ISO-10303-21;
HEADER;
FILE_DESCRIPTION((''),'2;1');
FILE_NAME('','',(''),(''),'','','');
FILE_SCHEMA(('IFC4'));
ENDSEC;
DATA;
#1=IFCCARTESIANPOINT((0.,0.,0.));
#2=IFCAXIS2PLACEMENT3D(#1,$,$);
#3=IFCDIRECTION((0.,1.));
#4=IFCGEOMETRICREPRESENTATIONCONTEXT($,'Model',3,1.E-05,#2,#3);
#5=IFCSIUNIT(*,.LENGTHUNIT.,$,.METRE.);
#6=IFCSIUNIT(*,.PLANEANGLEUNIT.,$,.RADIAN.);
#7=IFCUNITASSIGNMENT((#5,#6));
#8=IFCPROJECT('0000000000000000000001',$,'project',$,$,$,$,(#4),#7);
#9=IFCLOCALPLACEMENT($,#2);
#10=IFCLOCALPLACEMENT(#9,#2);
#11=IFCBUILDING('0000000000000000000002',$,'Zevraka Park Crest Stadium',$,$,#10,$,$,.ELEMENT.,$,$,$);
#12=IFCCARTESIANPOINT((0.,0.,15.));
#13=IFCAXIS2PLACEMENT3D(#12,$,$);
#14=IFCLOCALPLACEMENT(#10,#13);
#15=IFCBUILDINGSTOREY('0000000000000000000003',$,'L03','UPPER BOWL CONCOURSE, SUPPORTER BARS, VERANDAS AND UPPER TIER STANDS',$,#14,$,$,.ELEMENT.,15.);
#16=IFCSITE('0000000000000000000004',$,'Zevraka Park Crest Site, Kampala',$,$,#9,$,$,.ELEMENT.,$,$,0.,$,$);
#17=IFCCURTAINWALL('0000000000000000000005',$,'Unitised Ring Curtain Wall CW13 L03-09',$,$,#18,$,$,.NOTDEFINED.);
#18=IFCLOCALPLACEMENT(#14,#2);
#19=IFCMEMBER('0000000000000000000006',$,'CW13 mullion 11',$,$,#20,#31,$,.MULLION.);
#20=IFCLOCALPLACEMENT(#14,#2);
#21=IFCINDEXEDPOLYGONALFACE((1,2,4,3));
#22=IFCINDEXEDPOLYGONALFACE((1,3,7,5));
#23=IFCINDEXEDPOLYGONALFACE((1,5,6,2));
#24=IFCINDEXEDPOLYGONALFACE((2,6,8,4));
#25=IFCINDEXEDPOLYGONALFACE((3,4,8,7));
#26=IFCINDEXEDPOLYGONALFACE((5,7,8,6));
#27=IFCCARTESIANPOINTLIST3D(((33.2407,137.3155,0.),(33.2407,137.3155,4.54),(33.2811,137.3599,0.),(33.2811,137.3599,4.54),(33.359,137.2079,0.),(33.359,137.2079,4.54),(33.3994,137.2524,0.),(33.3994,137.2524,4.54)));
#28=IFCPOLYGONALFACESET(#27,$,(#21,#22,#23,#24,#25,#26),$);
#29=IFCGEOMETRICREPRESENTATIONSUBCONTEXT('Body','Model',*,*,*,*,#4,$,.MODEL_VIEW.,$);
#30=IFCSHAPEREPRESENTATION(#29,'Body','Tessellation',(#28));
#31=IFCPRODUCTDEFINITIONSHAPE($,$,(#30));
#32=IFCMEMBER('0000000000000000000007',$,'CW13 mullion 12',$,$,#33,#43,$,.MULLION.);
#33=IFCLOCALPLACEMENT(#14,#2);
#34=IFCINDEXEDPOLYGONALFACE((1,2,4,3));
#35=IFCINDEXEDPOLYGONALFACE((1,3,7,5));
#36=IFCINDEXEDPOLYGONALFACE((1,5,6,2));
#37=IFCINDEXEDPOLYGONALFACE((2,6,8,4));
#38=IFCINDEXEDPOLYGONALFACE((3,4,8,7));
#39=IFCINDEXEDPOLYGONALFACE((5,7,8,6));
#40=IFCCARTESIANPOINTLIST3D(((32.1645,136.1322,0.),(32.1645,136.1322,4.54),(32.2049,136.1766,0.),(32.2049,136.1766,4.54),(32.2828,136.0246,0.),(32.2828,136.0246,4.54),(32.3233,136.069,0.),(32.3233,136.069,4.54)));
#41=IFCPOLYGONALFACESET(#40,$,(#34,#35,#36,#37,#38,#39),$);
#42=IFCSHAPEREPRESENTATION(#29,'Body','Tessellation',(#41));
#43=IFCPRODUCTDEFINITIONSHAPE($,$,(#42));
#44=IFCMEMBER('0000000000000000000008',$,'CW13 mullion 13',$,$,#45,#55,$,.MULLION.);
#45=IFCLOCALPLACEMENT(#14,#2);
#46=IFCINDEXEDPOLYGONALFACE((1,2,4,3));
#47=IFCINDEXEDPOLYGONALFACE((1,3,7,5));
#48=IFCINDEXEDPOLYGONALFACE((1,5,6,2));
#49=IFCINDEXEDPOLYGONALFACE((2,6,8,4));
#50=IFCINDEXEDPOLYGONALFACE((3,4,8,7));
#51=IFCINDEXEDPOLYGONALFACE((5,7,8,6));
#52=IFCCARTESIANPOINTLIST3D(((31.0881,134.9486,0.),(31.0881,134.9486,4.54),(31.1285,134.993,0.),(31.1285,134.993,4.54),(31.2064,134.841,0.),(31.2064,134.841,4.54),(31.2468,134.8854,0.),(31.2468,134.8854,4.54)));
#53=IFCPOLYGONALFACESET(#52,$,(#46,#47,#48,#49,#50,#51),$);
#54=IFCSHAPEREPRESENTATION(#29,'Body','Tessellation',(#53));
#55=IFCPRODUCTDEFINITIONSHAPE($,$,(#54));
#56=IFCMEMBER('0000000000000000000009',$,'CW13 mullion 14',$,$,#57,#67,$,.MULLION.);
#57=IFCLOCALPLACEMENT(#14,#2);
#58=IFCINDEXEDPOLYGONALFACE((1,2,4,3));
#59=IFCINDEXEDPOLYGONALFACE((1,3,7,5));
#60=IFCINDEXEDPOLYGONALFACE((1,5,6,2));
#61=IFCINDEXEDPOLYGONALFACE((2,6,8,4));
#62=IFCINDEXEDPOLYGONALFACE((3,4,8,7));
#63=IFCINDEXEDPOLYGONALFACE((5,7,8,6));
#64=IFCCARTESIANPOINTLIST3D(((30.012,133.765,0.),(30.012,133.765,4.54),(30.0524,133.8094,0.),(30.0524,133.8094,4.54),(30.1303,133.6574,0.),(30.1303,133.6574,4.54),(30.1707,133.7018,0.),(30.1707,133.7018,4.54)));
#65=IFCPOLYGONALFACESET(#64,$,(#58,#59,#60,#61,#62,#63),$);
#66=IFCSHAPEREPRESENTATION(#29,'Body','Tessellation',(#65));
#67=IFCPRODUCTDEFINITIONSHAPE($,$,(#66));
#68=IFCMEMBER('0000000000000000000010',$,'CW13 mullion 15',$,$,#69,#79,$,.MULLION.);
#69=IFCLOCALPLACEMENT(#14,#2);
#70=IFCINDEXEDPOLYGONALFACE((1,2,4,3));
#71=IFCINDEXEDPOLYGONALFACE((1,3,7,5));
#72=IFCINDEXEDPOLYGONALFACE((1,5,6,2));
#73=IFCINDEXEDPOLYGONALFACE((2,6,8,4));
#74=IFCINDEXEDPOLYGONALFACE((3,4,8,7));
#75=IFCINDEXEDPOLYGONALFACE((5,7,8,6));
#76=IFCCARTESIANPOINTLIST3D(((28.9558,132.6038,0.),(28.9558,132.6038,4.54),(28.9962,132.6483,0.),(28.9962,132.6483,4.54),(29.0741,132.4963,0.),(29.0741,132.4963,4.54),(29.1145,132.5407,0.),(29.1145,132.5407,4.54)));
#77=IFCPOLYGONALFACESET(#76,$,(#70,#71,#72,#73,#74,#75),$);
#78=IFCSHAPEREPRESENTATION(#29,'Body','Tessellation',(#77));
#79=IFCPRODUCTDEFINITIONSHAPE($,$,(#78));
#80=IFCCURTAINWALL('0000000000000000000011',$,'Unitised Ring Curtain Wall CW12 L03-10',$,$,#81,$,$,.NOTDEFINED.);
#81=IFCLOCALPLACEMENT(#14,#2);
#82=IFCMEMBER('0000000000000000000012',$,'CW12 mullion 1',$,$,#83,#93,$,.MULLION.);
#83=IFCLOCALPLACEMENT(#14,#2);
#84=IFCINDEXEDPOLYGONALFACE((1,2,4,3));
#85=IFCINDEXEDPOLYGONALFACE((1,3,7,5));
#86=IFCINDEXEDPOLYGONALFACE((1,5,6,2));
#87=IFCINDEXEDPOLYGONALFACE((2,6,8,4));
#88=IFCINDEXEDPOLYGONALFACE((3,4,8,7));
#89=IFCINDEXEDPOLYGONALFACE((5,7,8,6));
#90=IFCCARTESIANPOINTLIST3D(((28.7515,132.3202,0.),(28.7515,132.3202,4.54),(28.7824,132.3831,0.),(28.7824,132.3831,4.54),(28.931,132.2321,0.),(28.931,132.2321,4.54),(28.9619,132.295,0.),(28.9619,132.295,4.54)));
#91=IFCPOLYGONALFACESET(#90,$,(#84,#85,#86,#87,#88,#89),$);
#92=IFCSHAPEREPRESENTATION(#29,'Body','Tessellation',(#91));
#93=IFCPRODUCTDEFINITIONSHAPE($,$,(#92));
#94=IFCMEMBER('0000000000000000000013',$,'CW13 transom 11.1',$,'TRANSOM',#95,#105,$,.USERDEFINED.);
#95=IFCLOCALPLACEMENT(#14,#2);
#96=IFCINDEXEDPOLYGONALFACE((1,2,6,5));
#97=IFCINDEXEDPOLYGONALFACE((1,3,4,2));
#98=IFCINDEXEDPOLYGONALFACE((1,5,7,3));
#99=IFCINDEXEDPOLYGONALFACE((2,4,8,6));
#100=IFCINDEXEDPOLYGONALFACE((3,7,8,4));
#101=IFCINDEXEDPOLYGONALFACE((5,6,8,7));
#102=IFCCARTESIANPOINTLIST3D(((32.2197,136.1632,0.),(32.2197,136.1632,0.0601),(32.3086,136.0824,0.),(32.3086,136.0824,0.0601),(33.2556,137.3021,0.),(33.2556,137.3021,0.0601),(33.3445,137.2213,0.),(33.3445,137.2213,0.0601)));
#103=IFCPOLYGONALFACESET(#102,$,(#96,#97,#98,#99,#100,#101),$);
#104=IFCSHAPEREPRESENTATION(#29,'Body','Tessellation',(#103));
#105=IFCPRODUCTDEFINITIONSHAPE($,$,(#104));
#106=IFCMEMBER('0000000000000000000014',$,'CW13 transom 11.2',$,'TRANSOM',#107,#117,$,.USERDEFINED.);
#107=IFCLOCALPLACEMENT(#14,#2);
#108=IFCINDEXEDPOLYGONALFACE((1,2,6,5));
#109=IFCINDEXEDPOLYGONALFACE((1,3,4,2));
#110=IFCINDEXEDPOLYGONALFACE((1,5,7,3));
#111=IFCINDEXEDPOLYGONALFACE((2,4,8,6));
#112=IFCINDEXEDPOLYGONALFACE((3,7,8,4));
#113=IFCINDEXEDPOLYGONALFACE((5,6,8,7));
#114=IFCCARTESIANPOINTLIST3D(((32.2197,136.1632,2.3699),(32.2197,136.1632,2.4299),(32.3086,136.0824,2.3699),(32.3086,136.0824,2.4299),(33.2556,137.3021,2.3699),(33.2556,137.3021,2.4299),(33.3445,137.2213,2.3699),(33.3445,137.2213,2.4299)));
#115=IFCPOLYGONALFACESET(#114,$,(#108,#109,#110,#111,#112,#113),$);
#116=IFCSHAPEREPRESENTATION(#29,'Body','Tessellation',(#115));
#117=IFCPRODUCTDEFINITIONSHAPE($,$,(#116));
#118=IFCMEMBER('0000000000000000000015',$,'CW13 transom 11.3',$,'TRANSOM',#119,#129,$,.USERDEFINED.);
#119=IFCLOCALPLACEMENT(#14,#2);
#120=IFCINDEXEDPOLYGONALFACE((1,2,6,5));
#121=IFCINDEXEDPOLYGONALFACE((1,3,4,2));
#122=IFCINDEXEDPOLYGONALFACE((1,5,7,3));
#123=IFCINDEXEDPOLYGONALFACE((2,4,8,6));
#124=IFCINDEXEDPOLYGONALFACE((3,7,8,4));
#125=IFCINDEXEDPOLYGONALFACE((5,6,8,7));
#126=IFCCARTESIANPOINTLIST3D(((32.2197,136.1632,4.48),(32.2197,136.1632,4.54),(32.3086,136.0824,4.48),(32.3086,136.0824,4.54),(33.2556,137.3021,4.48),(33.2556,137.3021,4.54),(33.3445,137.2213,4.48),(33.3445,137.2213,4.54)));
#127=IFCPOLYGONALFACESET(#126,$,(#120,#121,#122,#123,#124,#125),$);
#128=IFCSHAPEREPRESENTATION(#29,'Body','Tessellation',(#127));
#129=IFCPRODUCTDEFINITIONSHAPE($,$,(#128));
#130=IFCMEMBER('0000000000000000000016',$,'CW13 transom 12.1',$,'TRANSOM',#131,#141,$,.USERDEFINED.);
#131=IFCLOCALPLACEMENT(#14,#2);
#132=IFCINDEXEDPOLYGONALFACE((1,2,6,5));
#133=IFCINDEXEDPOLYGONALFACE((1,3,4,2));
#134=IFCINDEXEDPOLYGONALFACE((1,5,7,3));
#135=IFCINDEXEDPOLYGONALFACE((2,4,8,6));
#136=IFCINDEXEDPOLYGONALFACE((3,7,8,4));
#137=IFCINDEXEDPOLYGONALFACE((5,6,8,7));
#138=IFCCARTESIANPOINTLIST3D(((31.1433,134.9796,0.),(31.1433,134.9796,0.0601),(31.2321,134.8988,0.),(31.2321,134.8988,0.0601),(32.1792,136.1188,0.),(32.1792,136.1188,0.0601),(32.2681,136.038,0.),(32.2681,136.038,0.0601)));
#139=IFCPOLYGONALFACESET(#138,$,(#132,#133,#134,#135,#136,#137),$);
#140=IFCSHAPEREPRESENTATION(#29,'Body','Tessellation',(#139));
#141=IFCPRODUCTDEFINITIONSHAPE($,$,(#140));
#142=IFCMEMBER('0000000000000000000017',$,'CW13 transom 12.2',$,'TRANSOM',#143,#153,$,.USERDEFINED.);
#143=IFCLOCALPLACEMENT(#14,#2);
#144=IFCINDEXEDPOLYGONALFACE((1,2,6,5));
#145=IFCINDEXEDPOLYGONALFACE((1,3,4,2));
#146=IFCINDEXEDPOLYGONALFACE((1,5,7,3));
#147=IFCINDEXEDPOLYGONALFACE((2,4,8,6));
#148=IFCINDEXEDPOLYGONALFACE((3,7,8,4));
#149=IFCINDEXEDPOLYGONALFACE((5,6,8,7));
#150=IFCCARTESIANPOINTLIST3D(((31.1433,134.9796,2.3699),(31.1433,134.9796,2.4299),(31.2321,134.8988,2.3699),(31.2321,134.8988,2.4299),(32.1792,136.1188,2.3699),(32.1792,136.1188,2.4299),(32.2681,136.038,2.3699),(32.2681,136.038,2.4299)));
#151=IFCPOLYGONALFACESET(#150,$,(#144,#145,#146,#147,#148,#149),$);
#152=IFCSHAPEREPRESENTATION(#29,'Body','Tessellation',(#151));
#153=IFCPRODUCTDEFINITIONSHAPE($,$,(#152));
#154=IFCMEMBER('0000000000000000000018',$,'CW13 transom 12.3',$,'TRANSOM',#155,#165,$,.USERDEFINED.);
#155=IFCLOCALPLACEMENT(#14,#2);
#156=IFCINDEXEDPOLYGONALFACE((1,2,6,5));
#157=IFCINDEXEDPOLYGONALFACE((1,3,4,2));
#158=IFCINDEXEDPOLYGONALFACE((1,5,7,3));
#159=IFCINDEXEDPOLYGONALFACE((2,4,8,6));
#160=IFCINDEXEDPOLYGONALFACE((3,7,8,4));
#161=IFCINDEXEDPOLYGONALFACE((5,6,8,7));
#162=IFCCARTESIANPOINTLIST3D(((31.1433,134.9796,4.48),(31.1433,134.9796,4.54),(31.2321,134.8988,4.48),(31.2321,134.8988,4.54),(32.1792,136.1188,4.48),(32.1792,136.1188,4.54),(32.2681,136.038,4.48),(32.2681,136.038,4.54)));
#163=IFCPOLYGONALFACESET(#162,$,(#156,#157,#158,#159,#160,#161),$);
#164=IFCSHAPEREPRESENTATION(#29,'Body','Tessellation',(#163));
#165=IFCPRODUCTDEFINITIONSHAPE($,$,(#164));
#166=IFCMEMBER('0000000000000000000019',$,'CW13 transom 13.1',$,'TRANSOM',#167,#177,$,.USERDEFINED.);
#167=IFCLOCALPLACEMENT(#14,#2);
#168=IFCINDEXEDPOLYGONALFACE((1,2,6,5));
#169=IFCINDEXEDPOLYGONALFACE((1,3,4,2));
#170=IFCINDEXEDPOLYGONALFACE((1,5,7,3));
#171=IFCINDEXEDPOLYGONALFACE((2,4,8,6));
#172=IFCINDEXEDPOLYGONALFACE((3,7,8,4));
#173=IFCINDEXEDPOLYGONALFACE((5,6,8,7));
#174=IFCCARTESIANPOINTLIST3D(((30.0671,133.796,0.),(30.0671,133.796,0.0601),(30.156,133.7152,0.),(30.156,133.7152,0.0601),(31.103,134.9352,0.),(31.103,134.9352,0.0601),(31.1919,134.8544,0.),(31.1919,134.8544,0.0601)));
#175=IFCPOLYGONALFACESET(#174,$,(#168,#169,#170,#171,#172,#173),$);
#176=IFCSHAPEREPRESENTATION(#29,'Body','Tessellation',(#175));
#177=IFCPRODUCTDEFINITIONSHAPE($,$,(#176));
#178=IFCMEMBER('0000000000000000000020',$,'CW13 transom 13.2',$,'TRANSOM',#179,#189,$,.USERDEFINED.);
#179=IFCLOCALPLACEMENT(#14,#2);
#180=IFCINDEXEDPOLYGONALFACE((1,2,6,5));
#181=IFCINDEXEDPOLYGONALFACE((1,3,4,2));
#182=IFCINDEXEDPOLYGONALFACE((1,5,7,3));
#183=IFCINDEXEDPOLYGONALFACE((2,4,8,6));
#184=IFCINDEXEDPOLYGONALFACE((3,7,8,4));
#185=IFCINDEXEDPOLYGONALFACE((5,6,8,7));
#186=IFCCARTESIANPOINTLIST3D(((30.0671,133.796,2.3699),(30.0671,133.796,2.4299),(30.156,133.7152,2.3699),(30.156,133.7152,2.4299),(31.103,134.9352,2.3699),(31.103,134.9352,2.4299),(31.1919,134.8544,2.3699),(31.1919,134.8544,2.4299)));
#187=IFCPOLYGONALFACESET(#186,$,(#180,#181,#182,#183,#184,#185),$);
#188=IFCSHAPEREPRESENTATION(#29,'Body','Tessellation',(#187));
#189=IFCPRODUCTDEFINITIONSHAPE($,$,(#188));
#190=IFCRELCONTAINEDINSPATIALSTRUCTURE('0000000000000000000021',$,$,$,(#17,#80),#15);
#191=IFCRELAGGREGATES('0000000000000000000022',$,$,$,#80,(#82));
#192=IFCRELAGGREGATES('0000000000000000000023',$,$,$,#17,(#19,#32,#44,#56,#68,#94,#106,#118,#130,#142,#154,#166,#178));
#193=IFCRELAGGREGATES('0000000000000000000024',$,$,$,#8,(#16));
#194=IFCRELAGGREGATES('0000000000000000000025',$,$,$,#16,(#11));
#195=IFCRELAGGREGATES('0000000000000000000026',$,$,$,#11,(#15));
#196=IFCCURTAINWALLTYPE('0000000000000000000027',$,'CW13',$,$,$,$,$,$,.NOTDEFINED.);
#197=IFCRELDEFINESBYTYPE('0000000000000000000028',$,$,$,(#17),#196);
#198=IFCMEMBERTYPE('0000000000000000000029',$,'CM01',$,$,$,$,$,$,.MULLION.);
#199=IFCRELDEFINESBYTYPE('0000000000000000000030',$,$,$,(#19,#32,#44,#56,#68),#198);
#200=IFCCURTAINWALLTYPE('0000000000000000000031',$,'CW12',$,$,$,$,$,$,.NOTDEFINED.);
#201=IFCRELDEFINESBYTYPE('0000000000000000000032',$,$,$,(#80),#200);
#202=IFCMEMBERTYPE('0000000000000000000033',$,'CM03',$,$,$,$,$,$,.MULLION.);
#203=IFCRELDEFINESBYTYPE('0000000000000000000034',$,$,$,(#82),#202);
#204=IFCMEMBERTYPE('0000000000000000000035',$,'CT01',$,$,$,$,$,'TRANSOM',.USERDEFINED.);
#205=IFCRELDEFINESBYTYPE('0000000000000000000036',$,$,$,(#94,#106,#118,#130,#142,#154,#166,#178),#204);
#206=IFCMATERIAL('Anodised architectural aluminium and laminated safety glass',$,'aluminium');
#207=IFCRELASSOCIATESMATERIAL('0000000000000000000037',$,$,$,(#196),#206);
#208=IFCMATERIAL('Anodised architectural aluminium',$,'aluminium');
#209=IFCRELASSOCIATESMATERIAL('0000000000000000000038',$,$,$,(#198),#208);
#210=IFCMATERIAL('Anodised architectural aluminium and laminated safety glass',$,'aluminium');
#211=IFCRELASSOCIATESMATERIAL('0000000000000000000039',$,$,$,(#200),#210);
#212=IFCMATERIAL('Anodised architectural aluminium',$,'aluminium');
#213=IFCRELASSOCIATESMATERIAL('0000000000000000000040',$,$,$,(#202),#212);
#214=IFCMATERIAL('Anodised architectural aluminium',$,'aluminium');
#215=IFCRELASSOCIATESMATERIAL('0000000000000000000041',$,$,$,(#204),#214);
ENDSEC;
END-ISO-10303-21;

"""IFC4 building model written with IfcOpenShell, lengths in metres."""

from ifc_helpers import new_model, si_unit, direction, frame, origin, origin_2d, place, context, subcontext, project, spatial, rectangle, extrude, material, material_profile, profile_set, type_object, element, aggregate, save


model = new_model("IFC4")

# Units and contexts
model_context = context("Model", 3, precision=1e-05, world=origin(), true_north=direction((0.0, 1.0)))
body_context = subcontext(model_context, "Body", "Model", "MODEL_VIEW")
ifc_project = project(units=[si_unit("LENGTHUNIT", "METRE"), si_unit("PLANEANGLEUNIT", "RADIAN")], contexts=[model_context])

# Site, building, storey
site_placement = place(None, origin())
site = spatial("IfcSite", under=ifc_project, at=site_placement, Name="Zevraka Park Crest Site, Kampala", CompositionType="ELEMENT", RefElevation=0.0)
building_placement = place(site_placement, origin())
building = spatial("IfcBuilding", under=site, at=building_placement, Name="Zevraka Park Crest Stadium", CompositionType="ELEMENT")
storey_placement = place(building_placement, frame((0.0, 0.0, 15.0)))
storey = spatial("IfcBuildingStorey", under=building, at=storey_placement, Name="L03", Description="UPPER BOWL CONCOURSE, SUPPORTER BARS, VERANDAS AND UPPER TIER STANDS", CompositionType="ELEMENT", Elevation=15.0)

# Curtain wall, members
ifc_material_1 = material(Name="Anodised architectural aluminium and laminated safety glass", Category="aluminium")
curtain_wall_type_1 = type_object("IfcCurtainWallType", Name="CW13", PredefinedType="NOTDEFINED", material=ifc_material_1)
curtain_wall_1_placement = place(storey_placement, origin())
curtain_wall_1 = element("IfcCurtainWall", 1, at=curtain_wall_1_placement, inside=storey, type_object=curtain_wall_type_1, Name="Unitised Ring Curtain Wall CW13 L03-09", PredefinedType="NOTDEFINED")
ifc_material_2 = material(Name="Anodised architectural aluminium", Category="aluminium")
ifc_material_profile_1 = material_profile(ifc_material_2, rectangle(XDim=0.1599, YDim=0.0601, at=origin_2d()), Name="ALU MULLION 160x60")
ifc_profile_set_1 = profile_set([ifc_material_profile_1], Name="Anodised architectural aluminium")
member_type_1 = type_object("IfcMemberType", Name="CM01", PredefinedType="MULLION", material=ifc_profile_set_1)
member_1_placement = place(storey_placement, frame((33.3201, 137.2839, 0.0), z_axis=(0.0, 0.0, 1.0), x_axis=(0.739823, -0.672802, 0.0)))
member_1 = element("IfcMember", 2, at=member_1_placement, type_object=member_type_1, Name="CW13 mullion 11", PredefinedType="MULLION", context=body_context, shape_type="SweptSolid", body=[
    extrude(rectangle(XDim=0.1599, YDim=0.0601, at=origin_2d()), origin(), (0.0, 0.0, 1.0), 4.54),
])
member_2_placement = place(storey_placement, frame((32.2439, 136.1006, 0.0), z_axis=(0.0, 0.0, 1.0), x_axis=(0.739823, -0.672802, 0.0)))
member_2 = element("IfcMember", 3, at=member_2_placement, type_object=member_type_1, Name="CW13 mullion 12", PredefinedType="MULLION", context=body_context, shape_type="SweptSolid", body=[
    extrude(rectangle(XDim=0.1599, YDim=0.0601, at=origin_2d()), origin(), (0.0, 0.0, 1.0), 4.54),
])
member_3_placement = place(storey_placement, frame((31.1675, 134.917, 0.0), z_axis=(0.0, 0.0, 1.0), x_axis=(0.739823, -0.672802, 0.0)))
member_3 = element("IfcMember", 4, at=member_3_placement, type_object=member_type_1, Name="CW13 mullion 13", PredefinedType="MULLION", context=body_context, shape_type="SweptSolid", body=[
    extrude(rectangle(XDim=0.1599, YDim=0.0601, at=origin_2d()), origin(), (0.0, 0.0, 1.0), 4.54),
])
member_4_placement = place(storey_placement, frame((30.0913, 133.7334, 0.0), z_axis=(0.0, 0.0, 1.0), x_axis=(0.739823, -0.672802, 0.0)))
member_4 = element("IfcMember", 5, at=member_4_placement, type_object=member_type_1, Name="CW13 mullion 14", PredefinedType="MULLION", context=body_context, shape_type="SweptSolid", body=[
    extrude(rectangle(XDim=0.1599, YDim=0.0601, at=origin_2d()), origin(), (0.0, 0.0, 1.0), 4.54),
])
member_5_placement = place(storey_placement, frame((29.0352, 132.5723, 0.0), z_axis=(0.0, 0.0, 1.0), x_axis=(0.739823, -0.672802, 0.0)))
member_5 = element("IfcMember", 6, at=member_5_placement, type_object=member_type_1, Name="CW13 mullion 15", PredefinedType="MULLION", context=body_context, shape_type="SweptSolid", body=[
    extrude(rectangle(XDim=0.1599, YDim=0.0601, at=origin_2d()), origin(), (0.0, 0.0, 1.0), 4.54),
])

# Curtain wall, member
ifc_material_3 = material(Name="Anodised architectural aluminium and laminated safety glass", Category="aluminium")
curtain_wall_type_2 = type_object("IfcCurtainWallType", Name="CW12", PredefinedType="NOTDEFINED", material=ifc_material_3)
curtain_wall_2_placement = place(storey_placement, origin())
curtain_wall_2 = element("IfcCurtainWall", 7, at=curtain_wall_2_placement, inside=storey, type_object=curtain_wall_type_2, Name="Unitised Ring Curtain Wall CW12 L03-10", PredefinedType="NOTDEFINED")
ifc_material_4 = material(Name="Anodised architectural aluminium", Category="aluminium")
ifc_material_profile_2 = material_profile(ifc_material_4, rectangle(XDim=0.2, YDim=0.0701, at=origin_2d()), Name="ALU MULLION 200x70")
ifc_profile_set_2 = profile_set([ifc_material_profile_2], Name="Anodised architectural aluminium")
member_type_2 = type_object("IfcMemberType", Name="CM03", PredefinedType="MULLION", material=ifc_profile_set_2)
member_6_placement = place(storey_placement, frame((28.8567, 132.3076, 0.0), z_axis=(0.0, 0.0, 1.0), x_axis=(0.897671, -0.440666, 0.0)))
member_6 = element("IfcMember", 8, at=member_6_placement, type_object=member_type_2, Name="CW12 mullion 1", PredefinedType="MULLION", context=body_context, shape_type="SweptSolid", body=[
    extrude(rectangle(XDim=0.2, YDim=0.0701, at=origin_2d()), origin(), (0.0, 0.0, 1.0), 4.54),
])

# Members
ifc_material_5 = material(Name="Anodised architectural aluminium", Category="aluminium")
ifc_material_profile_3 = material_profile(ifc_material_5, rectangle(XDim=0.1201, YDim=0.0601, at=origin_2d()), Name="ALU TRANSOM 120x60")
ifc_profile_set_3 = profile_set([ifc_material_profile_3], Name="Anodised architectural aluminium")
member_type_3 = type_object("IfcMemberType", Name="CT01", ElementType="TRANSOM", PredefinedType="USERDEFINED", material=ifc_profile_set_3)
member_7_placement = place(storey_placement, frame((33.3, 137.2617, 0.03), z_axis=(-0.672854, -0.739775, 0.0), x_axis=(0.739775, -0.672854, 0.0)))
member_7 = element("IfcMember", 9, at=member_7_placement, type_object=member_type_3, Name="CW13 transom 11.1", ObjectType="TRANSOM", PredefinedType="USERDEFINED", context=body_context, shape_type="SweptSolid", body=[
    extrude(rectangle(XDim=0.1201, YDim=0.0601, at=origin_2d()), origin(), (0.0, 0.0, 1.0), 1.5396),
])
member_8_placement = place(storey_placement, frame((33.3, 137.2617, 2.3999), z_axis=(-0.672854, -0.739775, 0.0), x_axis=(0.739775, -0.672854, 0.0)))
member_8 = element("IfcMember", 10, at=member_8_placement, type_object=member_type_3, Name="CW13 transom 11.2", ObjectType="TRANSOM", PredefinedType="USERDEFINED", context=body_context, shape_type="SweptSolid", body=[
    extrude(rectangle(XDim=0.1201, YDim=0.0601, at=origin_2d()), origin(), (0.0, 0.0, 1.0), 1.5396),
])
member_9_placement = place(storey_placement, frame((33.3, 137.2617, 4.51), z_axis=(-0.672854, -0.739775, 0.0), x_axis=(0.739775, -0.672854, 0.0)))
member_9 = element("IfcMember", 11, at=member_9_placement, type_object=member_type_3, Name="CW13 transom 11.3", ObjectType="TRANSOM", PredefinedType="USERDEFINED", context=body_context, shape_type="SweptSolid", body=[
    extrude(rectangle(XDim=0.1201, YDim=0.0601, at=origin_2d()), origin(), (0.0, 0.0, 1.0), 1.5396),
])
member_10_placement = place(storey_placement, frame((32.2236, 136.0784, 0.03), z_axis=(-0.672775, -0.739847, 0.0), x_axis=(0.739847, -0.672775, 0.0)))
member_10 = element("IfcMember", 12, at=member_10_placement, type_object=member_type_3, Name="CW13 transom 12.1", ObjectType="TRANSOM", PredefinedType="USERDEFINED", context=body_context, shape_type="SweptSolid", body=[
    extrude(rectangle(XDim=0.1201, YDim=0.0601, at=origin_2d()), origin(), (0.0, 0.0, 1.0), 1.5398),
])
member_11_placement = place(storey_placement, frame((32.2236, 136.0784, 2.3999), z_axis=(-0.672775, -0.739847, 0.0), x_axis=(0.739847, -0.672775, 0.0)))
member_11 = element("IfcMember", 13, at=member_11_placement, type_object=member_type_3, Name="CW13 transom 12.2", ObjectType="TRANSOM", PredefinedType="USERDEFINED", context=body_context, shape_type="SweptSolid", body=[
    extrude(rectangle(XDim=0.1201, YDim=0.0601, at=origin_2d()), origin(), (0.0, 0.0, 1.0), 1.5398),
])
member_12_placement = place(storey_placement, frame((32.2236, 136.0784, 4.51), z_axis=(-0.672775, -0.739847, 0.0), x_axis=(0.739847, -0.672775, 0.0)))
member_12 = element("IfcMember", 14, at=member_12_placement, type_object=member_type_3, Name="CW13 transom 12.3", ObjectType="TRANSOM", PredefinedType="USERDEFINED", context=body_context, shape_type="SweptSolid", body=[
    extrude(rectangle(XDim=0.1201, YDim=0.0601, at=origin_2d()), origin(), (0.0, 0.0, 1.0), 1.5398),
])
member_13_placement = place(storey_placement, frame((31.1475, 134.8948, 0.03), z_axis=(-0.672775, -0.739847, 0.0), x_axis=(0.739847, -0.672775, 0.0)))
member_13 = element("IfcMember", 15, at=member_13_placement, type_object=member_type_3, Name="CW13 transom 13.1", ObjectType="TRANSOM", PredefinedType="USERDEFINED", context=body_context, shape_type="SweptSolid", body=[
    extrude(rectangle(XDim=0.1201, YDim=0.0601, at=origin_2d()), origin(), (0.0, 0.0, 1.0), 1.5398),
])
member_14_placement = place(storey_placement, frame((31.1475, 134.8948, 2.3999), z_axis=(-0.672775, -0.739847, 0.0), x_axis=(0.739847, -0.672775, 0.0)))
member_14 = element("IfcMember", 16, at=member_14_placement, type_object=member_type_3, Name="CW13 transom 13.2", ObjectType="TRANSOM", PredefinedType="USERDEFINED", context=body_context, shape_type="SweptSolid", body=[
    extrude(rectangle(XDim=0.1201, YDim=0.0601, at=origin_2d()), origin(), (0.0, 0.0, 1.0), 1.5398),
])

aggregate(curtain_wall_2, [member_6])
aggregate(curtain_wall_1, [member_1, member_2, member_3, member_4, member_5, member_7, member_8, member_9, member_10, member_11, member_12, member_13, member_14])

save(model, "model.ifc")
